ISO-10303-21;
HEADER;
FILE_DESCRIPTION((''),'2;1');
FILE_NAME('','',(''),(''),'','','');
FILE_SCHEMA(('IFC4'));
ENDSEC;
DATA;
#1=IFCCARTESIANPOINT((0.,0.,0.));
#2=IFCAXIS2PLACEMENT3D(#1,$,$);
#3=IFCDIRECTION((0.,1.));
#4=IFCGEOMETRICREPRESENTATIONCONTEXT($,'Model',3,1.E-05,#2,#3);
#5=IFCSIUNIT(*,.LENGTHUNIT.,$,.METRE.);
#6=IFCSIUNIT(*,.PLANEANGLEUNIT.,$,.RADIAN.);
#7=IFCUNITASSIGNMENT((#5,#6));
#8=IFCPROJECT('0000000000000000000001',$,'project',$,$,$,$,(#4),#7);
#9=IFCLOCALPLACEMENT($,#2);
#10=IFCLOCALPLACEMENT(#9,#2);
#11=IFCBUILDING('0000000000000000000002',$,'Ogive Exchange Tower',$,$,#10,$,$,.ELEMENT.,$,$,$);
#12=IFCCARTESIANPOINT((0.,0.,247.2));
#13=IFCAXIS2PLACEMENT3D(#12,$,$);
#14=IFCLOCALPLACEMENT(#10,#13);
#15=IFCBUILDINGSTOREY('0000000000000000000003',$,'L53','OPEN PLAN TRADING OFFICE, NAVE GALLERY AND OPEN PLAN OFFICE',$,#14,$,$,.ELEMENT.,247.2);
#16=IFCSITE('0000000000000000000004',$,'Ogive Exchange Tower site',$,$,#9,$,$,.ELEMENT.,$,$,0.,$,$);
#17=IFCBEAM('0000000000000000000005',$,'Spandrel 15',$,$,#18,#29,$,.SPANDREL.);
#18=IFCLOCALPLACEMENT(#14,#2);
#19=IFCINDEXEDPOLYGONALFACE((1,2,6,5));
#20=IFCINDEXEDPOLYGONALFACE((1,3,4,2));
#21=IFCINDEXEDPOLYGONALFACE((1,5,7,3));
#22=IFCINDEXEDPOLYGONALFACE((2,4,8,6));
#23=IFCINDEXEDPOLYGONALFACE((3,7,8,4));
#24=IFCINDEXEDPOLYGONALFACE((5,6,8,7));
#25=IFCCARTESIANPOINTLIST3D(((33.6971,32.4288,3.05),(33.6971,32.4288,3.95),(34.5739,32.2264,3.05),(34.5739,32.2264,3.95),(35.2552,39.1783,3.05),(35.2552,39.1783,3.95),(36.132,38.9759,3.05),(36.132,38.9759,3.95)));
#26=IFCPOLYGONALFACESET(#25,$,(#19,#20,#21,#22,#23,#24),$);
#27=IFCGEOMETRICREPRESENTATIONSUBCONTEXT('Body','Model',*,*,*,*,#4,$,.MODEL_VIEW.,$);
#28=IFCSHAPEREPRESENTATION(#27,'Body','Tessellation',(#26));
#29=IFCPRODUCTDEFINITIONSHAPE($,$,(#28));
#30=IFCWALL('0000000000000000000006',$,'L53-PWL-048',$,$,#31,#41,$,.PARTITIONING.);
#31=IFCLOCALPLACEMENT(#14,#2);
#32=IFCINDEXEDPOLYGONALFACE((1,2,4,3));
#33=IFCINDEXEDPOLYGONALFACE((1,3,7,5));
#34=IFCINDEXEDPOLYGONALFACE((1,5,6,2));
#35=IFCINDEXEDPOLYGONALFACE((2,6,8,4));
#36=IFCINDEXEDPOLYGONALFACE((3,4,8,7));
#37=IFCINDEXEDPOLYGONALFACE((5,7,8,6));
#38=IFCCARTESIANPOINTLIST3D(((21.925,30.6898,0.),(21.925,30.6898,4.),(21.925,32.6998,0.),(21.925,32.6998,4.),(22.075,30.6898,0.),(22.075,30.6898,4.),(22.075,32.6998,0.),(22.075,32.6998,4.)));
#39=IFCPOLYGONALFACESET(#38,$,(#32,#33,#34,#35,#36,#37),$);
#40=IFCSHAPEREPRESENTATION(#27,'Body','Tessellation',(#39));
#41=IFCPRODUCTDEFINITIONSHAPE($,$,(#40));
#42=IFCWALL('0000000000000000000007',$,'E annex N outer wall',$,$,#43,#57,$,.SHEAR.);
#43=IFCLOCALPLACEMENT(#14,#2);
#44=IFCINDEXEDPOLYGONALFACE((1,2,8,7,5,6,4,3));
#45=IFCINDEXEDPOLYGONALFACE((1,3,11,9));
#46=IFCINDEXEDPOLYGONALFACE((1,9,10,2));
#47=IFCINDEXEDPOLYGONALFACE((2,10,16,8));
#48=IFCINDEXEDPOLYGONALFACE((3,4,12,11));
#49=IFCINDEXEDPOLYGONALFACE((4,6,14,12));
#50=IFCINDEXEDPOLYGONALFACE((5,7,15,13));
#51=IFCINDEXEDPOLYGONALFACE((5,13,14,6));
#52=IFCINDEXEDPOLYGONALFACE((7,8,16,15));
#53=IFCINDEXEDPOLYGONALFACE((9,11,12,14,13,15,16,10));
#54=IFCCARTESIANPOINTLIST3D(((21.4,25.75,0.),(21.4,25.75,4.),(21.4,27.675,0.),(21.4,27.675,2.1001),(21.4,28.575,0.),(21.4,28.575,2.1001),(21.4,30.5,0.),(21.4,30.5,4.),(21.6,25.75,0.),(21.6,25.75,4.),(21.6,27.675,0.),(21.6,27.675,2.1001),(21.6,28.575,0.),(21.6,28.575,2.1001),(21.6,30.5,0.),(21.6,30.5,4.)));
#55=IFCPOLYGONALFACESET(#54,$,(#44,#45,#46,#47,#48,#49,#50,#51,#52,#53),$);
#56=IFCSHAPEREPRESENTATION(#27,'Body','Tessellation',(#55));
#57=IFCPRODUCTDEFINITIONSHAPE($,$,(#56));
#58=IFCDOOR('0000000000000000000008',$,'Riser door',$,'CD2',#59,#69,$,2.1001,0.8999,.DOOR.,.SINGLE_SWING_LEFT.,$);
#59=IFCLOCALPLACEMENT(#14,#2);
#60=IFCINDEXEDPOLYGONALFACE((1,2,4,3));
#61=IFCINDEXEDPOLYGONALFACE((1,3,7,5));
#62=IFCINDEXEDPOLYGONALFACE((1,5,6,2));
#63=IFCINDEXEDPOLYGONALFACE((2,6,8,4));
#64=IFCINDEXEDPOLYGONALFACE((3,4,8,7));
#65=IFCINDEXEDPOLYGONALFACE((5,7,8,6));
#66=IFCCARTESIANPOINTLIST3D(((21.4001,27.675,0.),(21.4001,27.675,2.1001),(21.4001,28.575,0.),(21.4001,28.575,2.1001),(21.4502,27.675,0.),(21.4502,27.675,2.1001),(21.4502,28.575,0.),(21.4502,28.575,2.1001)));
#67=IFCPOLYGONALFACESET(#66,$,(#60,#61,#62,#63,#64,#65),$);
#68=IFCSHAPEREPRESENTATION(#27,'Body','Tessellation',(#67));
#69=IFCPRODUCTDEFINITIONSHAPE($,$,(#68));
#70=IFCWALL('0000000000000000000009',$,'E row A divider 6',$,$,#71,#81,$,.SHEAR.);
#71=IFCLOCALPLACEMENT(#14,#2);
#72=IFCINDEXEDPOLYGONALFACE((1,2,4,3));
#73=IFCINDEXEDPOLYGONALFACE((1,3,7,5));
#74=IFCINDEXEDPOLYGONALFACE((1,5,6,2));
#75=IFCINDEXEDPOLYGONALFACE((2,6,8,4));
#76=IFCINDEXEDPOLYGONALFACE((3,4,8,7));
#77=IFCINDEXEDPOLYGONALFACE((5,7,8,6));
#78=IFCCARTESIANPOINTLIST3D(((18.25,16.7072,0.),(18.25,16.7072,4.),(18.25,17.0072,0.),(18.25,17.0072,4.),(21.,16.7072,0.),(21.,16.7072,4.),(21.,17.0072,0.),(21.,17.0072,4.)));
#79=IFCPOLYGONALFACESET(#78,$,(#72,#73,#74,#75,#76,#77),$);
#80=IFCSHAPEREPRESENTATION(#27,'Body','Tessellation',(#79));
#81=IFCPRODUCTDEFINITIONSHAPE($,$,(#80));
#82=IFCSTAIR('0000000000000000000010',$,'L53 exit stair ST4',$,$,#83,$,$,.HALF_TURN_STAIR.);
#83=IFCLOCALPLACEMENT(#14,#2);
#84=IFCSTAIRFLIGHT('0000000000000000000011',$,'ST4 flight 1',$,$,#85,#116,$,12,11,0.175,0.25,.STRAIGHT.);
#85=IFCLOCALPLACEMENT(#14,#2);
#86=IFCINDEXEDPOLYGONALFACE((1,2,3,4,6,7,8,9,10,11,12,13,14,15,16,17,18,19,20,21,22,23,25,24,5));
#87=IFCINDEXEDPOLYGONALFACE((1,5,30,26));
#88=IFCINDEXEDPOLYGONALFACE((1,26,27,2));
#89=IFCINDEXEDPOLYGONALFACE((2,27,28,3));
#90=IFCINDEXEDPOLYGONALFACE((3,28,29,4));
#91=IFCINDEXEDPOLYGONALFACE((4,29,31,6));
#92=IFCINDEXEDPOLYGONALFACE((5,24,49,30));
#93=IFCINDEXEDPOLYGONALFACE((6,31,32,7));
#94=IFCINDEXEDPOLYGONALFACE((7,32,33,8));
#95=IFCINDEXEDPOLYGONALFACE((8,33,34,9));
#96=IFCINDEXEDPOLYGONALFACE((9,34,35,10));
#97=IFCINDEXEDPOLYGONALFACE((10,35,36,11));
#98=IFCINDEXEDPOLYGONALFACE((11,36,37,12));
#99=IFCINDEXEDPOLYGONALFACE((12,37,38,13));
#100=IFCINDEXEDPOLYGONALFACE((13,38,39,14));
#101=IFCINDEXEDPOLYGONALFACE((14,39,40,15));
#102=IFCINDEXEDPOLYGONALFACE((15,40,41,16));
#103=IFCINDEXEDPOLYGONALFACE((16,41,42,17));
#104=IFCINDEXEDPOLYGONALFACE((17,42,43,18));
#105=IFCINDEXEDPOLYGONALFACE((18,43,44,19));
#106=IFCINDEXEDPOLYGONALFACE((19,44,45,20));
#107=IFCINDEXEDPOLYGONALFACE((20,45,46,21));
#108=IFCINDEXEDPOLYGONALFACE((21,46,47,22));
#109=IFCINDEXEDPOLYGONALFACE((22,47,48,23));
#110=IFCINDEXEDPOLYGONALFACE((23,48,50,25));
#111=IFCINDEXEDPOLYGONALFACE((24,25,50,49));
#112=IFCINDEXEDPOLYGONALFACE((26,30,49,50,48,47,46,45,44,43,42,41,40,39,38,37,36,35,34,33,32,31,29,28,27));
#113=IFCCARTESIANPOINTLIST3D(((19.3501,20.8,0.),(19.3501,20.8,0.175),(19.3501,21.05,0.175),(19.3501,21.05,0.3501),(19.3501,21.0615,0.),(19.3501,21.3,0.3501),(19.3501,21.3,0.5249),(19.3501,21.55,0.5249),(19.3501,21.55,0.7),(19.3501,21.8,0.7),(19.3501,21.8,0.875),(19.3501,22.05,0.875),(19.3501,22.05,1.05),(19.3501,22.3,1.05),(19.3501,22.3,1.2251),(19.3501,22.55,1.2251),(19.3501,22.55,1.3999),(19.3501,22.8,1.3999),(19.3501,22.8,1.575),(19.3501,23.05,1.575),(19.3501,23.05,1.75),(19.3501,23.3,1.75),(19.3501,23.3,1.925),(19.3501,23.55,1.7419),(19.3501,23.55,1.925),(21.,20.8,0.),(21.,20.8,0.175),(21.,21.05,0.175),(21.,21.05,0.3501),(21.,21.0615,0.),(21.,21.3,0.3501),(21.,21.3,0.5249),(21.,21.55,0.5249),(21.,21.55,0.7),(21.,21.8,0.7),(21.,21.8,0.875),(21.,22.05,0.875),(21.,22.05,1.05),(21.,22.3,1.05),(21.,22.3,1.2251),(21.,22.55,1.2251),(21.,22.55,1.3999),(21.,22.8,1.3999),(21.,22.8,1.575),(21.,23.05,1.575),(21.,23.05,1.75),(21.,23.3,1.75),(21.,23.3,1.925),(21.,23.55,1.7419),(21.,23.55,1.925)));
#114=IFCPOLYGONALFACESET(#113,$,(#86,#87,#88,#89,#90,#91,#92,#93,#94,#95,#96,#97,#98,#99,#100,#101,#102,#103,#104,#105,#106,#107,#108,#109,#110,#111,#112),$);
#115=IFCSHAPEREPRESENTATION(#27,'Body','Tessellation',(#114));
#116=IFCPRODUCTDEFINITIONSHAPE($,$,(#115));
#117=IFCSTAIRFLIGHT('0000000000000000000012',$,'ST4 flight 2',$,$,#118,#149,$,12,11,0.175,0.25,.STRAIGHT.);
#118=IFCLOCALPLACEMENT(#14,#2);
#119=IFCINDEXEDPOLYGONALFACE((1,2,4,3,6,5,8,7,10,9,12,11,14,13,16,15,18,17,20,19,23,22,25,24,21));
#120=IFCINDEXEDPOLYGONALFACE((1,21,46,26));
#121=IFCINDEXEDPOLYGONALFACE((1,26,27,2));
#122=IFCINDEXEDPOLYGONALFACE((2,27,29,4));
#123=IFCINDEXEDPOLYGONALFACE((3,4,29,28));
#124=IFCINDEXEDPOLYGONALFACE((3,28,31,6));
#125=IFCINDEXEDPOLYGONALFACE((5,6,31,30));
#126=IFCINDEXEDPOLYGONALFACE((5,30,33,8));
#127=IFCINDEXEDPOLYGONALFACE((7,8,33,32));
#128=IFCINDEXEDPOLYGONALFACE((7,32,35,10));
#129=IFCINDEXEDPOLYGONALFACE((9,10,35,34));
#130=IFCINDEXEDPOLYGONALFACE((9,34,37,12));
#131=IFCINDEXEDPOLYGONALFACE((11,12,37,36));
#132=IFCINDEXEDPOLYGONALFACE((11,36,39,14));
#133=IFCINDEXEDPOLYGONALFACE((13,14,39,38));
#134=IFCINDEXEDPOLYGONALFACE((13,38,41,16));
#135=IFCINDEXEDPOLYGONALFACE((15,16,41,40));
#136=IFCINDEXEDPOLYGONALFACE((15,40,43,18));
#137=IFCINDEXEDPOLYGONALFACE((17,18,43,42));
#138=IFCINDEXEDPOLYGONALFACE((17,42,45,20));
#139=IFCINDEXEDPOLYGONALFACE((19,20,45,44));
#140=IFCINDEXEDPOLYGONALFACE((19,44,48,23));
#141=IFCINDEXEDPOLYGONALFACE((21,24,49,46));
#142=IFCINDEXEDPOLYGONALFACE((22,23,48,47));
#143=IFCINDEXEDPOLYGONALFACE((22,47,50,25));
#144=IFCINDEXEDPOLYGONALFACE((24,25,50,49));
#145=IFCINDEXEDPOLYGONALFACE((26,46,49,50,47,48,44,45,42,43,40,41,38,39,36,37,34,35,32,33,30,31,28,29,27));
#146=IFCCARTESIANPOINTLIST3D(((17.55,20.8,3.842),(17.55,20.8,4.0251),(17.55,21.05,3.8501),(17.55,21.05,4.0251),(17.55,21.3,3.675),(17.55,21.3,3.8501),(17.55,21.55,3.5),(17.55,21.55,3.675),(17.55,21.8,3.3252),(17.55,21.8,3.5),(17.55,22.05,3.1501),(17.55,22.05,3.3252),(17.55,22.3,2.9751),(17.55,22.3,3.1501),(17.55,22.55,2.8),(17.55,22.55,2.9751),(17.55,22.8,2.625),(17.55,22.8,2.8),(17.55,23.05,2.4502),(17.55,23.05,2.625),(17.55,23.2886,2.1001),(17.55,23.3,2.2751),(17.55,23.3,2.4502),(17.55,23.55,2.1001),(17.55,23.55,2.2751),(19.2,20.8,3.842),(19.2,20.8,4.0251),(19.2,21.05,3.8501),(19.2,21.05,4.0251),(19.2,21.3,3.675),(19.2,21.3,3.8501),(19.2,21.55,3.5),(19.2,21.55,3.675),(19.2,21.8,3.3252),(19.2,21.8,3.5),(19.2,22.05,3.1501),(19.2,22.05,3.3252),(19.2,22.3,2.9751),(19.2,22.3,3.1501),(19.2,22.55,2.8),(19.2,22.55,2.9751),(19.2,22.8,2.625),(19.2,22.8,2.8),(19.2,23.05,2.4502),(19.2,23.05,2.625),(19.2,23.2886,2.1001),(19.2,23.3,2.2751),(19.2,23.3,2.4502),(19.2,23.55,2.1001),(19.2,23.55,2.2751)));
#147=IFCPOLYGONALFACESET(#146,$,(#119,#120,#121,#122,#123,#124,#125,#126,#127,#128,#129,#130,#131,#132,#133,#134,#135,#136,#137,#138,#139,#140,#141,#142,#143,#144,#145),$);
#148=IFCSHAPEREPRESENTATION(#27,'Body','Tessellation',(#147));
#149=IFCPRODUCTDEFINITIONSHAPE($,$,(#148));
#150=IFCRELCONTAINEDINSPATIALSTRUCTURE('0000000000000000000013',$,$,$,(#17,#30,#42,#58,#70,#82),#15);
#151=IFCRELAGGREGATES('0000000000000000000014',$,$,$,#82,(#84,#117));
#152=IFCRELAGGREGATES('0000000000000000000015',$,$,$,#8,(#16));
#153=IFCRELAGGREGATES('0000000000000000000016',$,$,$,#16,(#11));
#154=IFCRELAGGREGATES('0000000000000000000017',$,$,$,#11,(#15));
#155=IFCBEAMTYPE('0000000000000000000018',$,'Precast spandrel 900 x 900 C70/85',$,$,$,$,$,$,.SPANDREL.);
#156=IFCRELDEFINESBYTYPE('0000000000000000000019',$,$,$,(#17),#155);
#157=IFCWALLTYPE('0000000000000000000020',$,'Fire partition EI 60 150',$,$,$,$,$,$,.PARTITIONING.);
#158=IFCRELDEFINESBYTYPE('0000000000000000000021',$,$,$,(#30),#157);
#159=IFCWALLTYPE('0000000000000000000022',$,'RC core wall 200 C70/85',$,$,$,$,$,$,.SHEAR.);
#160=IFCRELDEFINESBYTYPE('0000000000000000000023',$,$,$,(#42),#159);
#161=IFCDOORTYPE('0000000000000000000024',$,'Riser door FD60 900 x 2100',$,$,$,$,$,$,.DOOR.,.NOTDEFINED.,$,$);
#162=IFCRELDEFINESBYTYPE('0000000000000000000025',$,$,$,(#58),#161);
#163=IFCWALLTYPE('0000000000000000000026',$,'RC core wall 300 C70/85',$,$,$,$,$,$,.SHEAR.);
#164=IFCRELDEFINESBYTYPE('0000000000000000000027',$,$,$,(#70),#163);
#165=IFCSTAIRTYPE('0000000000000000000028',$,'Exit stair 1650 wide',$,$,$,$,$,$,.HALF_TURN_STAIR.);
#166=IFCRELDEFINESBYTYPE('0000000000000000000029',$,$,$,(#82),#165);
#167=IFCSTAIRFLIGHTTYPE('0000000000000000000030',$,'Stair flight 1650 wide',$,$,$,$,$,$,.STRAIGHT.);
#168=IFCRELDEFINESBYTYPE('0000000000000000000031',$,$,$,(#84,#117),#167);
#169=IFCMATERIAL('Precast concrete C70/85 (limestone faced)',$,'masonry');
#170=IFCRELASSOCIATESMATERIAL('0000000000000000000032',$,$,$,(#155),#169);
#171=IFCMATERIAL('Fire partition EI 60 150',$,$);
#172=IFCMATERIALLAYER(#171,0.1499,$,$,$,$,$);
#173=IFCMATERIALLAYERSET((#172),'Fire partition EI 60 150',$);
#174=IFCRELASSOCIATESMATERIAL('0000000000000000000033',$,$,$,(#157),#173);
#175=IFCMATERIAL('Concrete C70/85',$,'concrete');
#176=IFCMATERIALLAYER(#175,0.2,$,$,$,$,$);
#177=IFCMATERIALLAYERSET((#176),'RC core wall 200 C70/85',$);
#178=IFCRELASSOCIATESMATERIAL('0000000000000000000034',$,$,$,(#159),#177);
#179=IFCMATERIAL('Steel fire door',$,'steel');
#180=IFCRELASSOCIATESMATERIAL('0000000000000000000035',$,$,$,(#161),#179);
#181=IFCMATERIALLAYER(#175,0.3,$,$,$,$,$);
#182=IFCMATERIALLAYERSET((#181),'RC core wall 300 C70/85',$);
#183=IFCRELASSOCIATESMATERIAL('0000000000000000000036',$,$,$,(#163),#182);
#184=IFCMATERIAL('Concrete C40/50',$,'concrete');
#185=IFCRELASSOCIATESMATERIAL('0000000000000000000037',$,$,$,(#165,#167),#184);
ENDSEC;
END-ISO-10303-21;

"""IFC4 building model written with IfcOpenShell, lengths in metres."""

from ifc_helpers import new_model, si_unit, direction, frame, frame_2d, origin, origin_2d, place, context, subcontext, project, spatial, polyline, rectangle, outline, extrude, material, layer, layer_set, material_profile, profile_set, type_object, element, fill, aggregate, save


model = new_model("IFC4")

# Units and contexts
model_context = context("Model", 3, precision=1e-05, world=origin(), true_north=direction((0.0, 1.0)))
body_context = subcontext(model_context, "Body", "Model", "MODEL_VIEW")
ifc_project = project(units=[si_unit("LENGTHUNIT", "METRE"), si_unit("PLANEANGLEUNIT", "RADIAN")], contexts=[model_context])

# Site, building, storey
site_placement = place(None, origin())
site = spatial("IfcSite", under=ifc_project, at=site_placement, Name="Ogive Exchange Tower site", CompositionType="ELEMENT", RefElevation=0.0)
building_placement = place(site_placement, origin())
building = spatial("IfcBuilding", under=site, at=building_placement, Name="Ogive Exchange Tower", CompositionType="ELEMENT")
storey_placement = place(building_placement, frame((0.0, 0.0, 247.2)))
storey = spatial("IfcBuildingStorey", under=building, at=storey_placement, Name="L53", Description="OPEN PLAN TRADING OFFICE, NAVE GALLERY AND OPEN PLAN OFFICE", CompositionType="ELEMENT", Elevation=247.2)

# Shared definitions
ifc_material_1 = material(Name="Precast concrete C70/85 (limestone faced)", Category="masonry")

# Beam
ifc_material_profile_1 = material_profile(ifc_material_1, rectangle(XDim=0.8999, YDim=0.8999, at=origin_2d()), Name="900 x 900")
ifc_profile_set_1 = profile_set([ifc_material_profile_1], Name="Precast concrete C70/85 (limestone faced)")
beam_type_1 = type_object("IfcBeamType", Name="Precast spandrel 900 x 900 C70/85", PredefinedType="SPANDREL", material=ifc_profile_set_1)
for number, where, z_axis, x_axis, name in (
    (1, (34.1355, 32.3276, 3.5), (0.224932, 0.974375, 0.0), (-0.974375, 0.224932, 0.0), "Spandrel 15"),
):
    element("IfcBeam", number, at=place(storey_placement, frame(where, z_axis=z_axis, x_axis=x_axis)), inside=storey, type_object=beam_type_1, Name=name, PredefinedType="SPANDREL", context=body_context, shape_type="SweptSolid", body=[
        extrude(rectangle(XDim=0.8999, YDim=0.8999, at=origin_2d()), origin(), (0.0, 0.0, 1.0), 6.927),
    ])

# Wall
ifc_material_2 = material(Name="Fire partition EI 60 150")
ifc_layer_1 = layer(ifc_material_2, 0.1499)
ifc_layer_set_1 = layer_set([ifc_layer_1], Name="Fire partition EI 60 150")
wall_type_1 = type_object("IfcWallType", Name="Fire partition EI 60 150", PredefinedType="PARTITIONING", material=ifc_layer_set_1)
wall_1_placement = place(storey_placement, frame((22.0, 30.6899, 0.0), z_axis=(0.0, 0.0, 1.0), x_axis=(0.0, 1.0, 0.0)))
element("IfcWall", 2, at=wall_1_placement, inside=storey, type_object=wall_type_1, Name="L53-PWL-048", PredefinedType="PARTITIONING", context=body_context, shape_type="SweptSolid", body=[
    extrude(rectangle(XDim=2.01, YDim=0.1499, at=frame_2d((1.0049, 0.0))), origin(), (0.0, 0.0, 1.0), 4.0),
])

# Wall, opening, door
ifc_material_3 = material(Name="Concrete C70/85", Category="concrete")
ifc_layer_2 = layer(ifc_material_3, 0.2)
ifc_layer_set_2 = layer_set([ifc_layer_2], Name="RC core wall 200 C70/85")
wall_type_2 = type_object("IfcWallType", Name="RC core wall 200 C70/85", PredefinedType="SHEAR", material=ifc_layer_set_2)
wall_2_placement = place(storey_placement, frame((21.5, 25.75, 0.0), z_axis=(0.0, 0.0, 1.0), x_axis=(0.0, 1.0, 0.0)))
wall_2 = element("IfcWall", 3, at=wall_2_placement, inside=storey, type_object=wall_type_2, Name="E annex N outer wall", PredefinedType="SHEAR", context=body_context, shape_type="SweptSolid", body=[
    extrude(rectangle(XDim=4.75, YDim=0.2, at=frame_2d((2.375, 0.0))), origin(), (0.0, 0.0, 1.0), 4.0),
])
opening_placement = place(wall_2_placement, frame((1.925, 0.0, 0.0)))
opening = element("IfcOpeningElement", 4, at=opening_placement, cuts=wall_2, PredefinedType="OPENING", context=body_context, shape_type="SweptSolid", body=[
    extrude(rectangle(XDim=0.8999, YDim=2.1001, at=frame_2d((0.45, 1.05))), frame((0.0, 0.1099, 0.0), z_axis=(0.0, -1.0, 0.0), x_axis=(1.0, 0.0, 0.0)), (0.0, 0.0, 1.0), 0.22),
])
ifc_material_4 = material(Name="Steel fire door", Category="steel")
door_type = type_object("IfcDoorType", Name="Riser door FD60 900 x 2100", OperationType="NOTDEFINED", PredefinedType="DOOR", material=ifc_material_4)
door_placement = place(opening_placement, frame((0.8999, 0.1499, 0.0), z_axis=(0.0, 0.0, 1.0), x_axis=(-1.0, 0.0, 0.0)))
door = element("IfcDoor", 5, at=door_placement, inside=storey, type_object=door_type, Name="Riser door", ObjectType="CD2", OperationType="SINGLE_SWING_LEFT", OverallHeight=2.1001, OverallWidth=0.8999, PredefinedType="DOOR", context=body_context, shape_type="SweptSolid", body=[
    extrude(rectangle(XDim=0.8999, YDim=2.1001, at=frame_2d((0.45, 1.05))), frame((0.0, 0.1001, 0.0), z_axis=(0.0, -1.0, 0.0), x_axis=(1.0, 0.0, 0.0)), (0.0, 0.0, 1.0), 0.05),
])
fill(opening, door)

# Wall
ifc_layer_3 = layer(ifc_material_3, 0.3)
ifc_layer_set_3 = layer_set([ifc_layer_3], Name="RC core wall 300 C70/85")
wall_type_3 = type_object("IfcWallType", Name="RC core wall 300 C70/85", PredefinedType="SHEAR", material=ifc_layer_set_3)
wall_3_placement = place(storey_placement, frame((18.25, 16.8572, 0.0), z_axis=(0.0, 0.0, 1.0), x_axis=(1.0, 0.0, 0.0)))
element("IfcWall", 6, at=wall_3_placement, inside=storey, type_object=wall_type_3, Name="E row A divider 6", PredefinedType="SHEAR", context=body_context, shape_type="SweptSolid", body=[
    extrude(rectangle(XDim=2.75, YDim=0.3, at=frame_2d((1.375, 0.0))), origin(), (0.0, 0.0, 1.0), 4.0),
])

# Stair, stair flights
ifc_material_5 = material(Name="Concrete C40/50", Category="concrete")
stair_type = type_object("IfcStairType", Name="Exit stair 1650 wide", PredefinedType="HALF_TURN_STAIR", material=ifc_material_5)
stair_placement = place(storey_placement, origin())
stair = element("IfcStair", 7, at=stair_placement, inside=storey, type_object=stair_type, Name="L53 exit stair ST4", PredefinedType="HALF_TURN_STAIR")
stair_flight_type = type_object("IfcStairFlightType", Name="Stair flight 1650 wide", PredefinedType="STRAIGHT", material=ifc_material_5)
stair_flight_1_placement = place(storey_placement, frame((20.175, 20.8, 0.0), z_axis=(0.0, 0.0, 1.0), x_axis=(0.0, 1.0, 0.0)))
stair_flight_1 = element("IfcStairFlight", 8, at=stair_flight_1_placement, type_object=stair_flight_type, Name="ST4 flight 1", NumberOfRisers=12, NumberOfTreads=11, PredefinedType="STRAIGHT", RiserHeight=0.175, TreadLength=0.25, context=body_context, shape_type="SweptSolid", body=[
    extrude(outline(polyline([(0.0, 0.0), (0.0, 0.175), (0.25, 0.175), (0.25, 0.3501), (0.5, 0.3501), (0.5, 0.5249), (0.75, 0.5249), (0.75, 0.7), (1.0, 0.7), (1.0, 0.875), (1.25, 0.875), (1.25, 1.05), (1.5, 1.05), (1.5, 1.2251), (1.75, 1.2251), (1.75, 1.3999), (2.0, 1.3999), (2.0, 1.575), (2.25, 1.575), (2.25, 1.75), (2.5, 1.75), (2.5, 1.925), (2.75, 1.925), (2.75, 2.1001), (2.75, 1.7419), (0.2615, 0.0), (0.0, 0.0)])), frame((0.0, 0.825, 0.0), z_axis=(0.0, -1.0, 0.0), x_axis=(1.0, 0.0, 0.0)), (0.0, 0.0, 1.0), 1.6499),
])
stair_flight_2_placement = place(storey_placement, frame((18.375, 23.55, 2.1001), z_axis=(0.0, 0.0, 1.0), x_axis=(0.0, -1.0, 0.0)))
stair_flight_2 = element("IfcStairFlight", 9, at=stair_flight_2_placement, type_object=stair_flight_type, Name="ST4 flight 2", NumberOfRisers=12, NumberOfTreads=11, PredefinedType="STRAIGHT", RiserHeight=0.175, TreadLength=0.25, context=body_context, shape_type="SweptSolid", body=[
    extrude(outline(polyline([(0.0, 0.0), (0.0, 0.175), (0.25, 0.175), (0.25, 0.3501), (0.5, 0.3501), (0.5, 0.5249), (0.75, 0.5249), (0.75, 0.7), (1.0, 0.7), (1.0, 0.875), (1.25, 0.875), (1.25, 1.05), (1.5, 1.05), (1.5, 1.2251), (1.75, 1.2251), (1.75, 1.3999), (2.0, 1.3999), (2.0, 1.575), (2.25, 1.575), (2.25, 1.75), (2.5, 1.75), (2.5, 1.925), (2.75, 1.925), (2.75, 2.1001), (2.75, 1.7419), (0.2615, 0.0), (0.0, 0.0)])), frame((0.0, 0.825, 0.0), z_axis=(0.0, -1.0, 0.0), x_axis=(1.0, 0.0, 0.0)), (0.0, 0.0, 1.0), 1.6499),
])
aggregate(stair, [stair_flight_1, stair_flight_2])

save(model, "model.ifc")
